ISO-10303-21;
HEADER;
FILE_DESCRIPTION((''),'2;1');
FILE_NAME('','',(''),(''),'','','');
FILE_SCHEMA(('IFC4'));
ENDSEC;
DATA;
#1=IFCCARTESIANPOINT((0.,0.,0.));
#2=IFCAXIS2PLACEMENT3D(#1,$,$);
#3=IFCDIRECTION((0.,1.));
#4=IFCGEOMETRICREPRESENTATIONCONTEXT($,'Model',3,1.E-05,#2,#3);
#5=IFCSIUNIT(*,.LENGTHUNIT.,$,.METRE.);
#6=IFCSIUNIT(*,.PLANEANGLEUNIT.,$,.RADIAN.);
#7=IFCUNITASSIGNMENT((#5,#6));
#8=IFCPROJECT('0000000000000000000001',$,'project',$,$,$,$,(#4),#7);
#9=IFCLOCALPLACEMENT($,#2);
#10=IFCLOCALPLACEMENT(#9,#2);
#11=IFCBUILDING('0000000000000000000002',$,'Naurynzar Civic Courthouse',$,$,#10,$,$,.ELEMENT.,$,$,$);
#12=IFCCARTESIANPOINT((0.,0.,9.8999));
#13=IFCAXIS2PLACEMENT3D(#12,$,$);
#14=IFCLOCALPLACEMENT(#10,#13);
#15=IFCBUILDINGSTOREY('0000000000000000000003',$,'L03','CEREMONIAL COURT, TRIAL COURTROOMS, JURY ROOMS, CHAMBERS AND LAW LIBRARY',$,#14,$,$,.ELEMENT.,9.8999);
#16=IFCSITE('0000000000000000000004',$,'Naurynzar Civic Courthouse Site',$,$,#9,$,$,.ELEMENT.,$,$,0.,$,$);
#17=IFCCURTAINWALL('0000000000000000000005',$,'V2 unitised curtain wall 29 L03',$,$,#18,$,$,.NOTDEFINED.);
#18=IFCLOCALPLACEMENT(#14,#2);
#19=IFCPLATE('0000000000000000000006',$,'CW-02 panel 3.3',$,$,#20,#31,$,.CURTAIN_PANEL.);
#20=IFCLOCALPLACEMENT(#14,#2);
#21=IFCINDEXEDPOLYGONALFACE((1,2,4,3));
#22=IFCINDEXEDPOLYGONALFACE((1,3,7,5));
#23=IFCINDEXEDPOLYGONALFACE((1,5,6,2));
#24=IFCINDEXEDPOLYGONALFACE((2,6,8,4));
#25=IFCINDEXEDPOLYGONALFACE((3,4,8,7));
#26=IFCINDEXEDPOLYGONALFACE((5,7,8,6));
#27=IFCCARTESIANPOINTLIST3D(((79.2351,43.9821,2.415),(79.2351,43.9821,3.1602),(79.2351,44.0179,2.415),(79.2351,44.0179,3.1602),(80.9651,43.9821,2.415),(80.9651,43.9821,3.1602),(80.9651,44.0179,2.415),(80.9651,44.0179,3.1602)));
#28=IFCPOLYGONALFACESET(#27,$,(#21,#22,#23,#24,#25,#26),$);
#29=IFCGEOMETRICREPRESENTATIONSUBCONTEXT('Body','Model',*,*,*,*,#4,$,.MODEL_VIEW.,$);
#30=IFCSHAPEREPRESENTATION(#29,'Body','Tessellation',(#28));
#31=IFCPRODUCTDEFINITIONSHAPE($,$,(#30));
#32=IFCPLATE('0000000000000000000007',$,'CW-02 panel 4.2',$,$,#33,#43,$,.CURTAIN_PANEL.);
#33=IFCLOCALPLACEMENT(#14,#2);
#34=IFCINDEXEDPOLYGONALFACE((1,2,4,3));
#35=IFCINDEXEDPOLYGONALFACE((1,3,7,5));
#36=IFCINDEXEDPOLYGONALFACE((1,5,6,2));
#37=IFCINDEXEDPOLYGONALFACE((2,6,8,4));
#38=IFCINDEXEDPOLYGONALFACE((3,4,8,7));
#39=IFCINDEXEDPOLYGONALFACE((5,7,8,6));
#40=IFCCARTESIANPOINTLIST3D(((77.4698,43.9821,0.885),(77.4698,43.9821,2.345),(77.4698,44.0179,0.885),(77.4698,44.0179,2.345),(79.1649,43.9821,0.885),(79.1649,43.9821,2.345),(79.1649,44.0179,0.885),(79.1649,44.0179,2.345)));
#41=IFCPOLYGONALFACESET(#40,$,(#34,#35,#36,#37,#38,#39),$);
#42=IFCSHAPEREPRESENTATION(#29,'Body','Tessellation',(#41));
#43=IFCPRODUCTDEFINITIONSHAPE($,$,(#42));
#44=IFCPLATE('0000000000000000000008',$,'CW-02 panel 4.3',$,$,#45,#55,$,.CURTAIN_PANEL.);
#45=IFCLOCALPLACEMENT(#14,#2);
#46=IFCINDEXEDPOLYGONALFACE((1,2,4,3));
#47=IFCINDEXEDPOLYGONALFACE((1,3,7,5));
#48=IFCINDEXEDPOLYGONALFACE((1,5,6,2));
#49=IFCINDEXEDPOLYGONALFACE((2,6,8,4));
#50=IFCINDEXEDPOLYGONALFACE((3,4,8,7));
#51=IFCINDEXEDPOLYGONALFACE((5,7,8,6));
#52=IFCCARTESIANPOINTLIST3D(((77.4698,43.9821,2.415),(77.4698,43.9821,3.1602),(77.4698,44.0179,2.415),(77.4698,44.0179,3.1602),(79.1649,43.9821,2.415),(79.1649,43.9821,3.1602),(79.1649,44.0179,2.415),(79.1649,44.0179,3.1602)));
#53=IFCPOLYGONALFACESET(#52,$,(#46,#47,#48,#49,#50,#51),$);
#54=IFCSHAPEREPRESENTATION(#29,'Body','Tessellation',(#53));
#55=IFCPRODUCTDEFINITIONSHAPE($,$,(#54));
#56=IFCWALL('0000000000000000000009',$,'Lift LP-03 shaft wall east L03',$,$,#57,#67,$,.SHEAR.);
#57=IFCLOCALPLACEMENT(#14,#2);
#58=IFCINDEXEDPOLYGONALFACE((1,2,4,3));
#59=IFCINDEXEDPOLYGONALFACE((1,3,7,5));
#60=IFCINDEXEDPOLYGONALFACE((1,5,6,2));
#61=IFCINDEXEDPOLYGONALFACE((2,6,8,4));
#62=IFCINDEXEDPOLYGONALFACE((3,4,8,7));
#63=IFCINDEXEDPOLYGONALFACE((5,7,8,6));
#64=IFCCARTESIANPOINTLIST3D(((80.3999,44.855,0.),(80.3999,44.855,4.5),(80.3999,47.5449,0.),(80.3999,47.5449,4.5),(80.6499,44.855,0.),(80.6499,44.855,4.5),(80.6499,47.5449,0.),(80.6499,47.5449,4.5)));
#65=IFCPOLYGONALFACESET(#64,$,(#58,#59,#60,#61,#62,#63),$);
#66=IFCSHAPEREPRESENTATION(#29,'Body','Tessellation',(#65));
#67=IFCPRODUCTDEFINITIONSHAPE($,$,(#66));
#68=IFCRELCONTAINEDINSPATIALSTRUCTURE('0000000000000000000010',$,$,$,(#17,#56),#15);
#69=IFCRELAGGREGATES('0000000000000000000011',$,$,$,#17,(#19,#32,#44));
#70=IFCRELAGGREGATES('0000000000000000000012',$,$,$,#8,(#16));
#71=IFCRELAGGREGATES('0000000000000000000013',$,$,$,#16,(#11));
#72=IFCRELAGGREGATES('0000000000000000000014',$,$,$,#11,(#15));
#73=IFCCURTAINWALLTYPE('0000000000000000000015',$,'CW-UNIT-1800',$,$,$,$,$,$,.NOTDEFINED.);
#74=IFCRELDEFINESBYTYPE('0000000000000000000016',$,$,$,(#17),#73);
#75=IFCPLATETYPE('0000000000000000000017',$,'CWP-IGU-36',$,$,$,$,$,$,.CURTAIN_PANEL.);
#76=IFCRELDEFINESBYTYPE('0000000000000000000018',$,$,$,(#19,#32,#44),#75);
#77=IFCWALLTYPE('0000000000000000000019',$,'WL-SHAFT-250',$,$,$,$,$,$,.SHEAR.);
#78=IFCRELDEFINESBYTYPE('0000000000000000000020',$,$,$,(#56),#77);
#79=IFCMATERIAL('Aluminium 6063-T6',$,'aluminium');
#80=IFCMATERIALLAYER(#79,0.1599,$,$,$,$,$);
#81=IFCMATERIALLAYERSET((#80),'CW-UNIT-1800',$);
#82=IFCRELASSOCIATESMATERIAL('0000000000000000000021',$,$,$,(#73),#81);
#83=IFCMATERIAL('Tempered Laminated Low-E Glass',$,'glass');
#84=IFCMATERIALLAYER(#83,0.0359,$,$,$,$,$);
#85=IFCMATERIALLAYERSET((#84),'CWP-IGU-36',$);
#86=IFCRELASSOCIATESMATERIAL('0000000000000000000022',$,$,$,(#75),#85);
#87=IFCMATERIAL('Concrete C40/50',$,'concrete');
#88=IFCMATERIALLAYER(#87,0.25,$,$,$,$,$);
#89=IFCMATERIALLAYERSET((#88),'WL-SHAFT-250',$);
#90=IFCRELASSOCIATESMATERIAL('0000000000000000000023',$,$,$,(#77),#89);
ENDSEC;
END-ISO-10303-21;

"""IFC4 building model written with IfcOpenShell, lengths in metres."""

from ifc_helpers import new_model, si_unit, direction, frame, frame_2d, origin, origin_2d, place, context, subcontext, project, spatial, rectangle, extrude, material, layer, layer_set, type_object, element, aggregate, save


model = new_model("IFC4")

# Units and contexts
model_context = context("Model", 3, precision=1e-05, world=origin(), true_north=direction((0.0, 1.0)))
body_context = subcontext(model_context, "Body", "Model", "MODEL_VIEW")
ifc_project = project(units=[si_unit("LENGTHUNIT", "METRE"), si_unit("PLANEANGLEUNIT", "RADIAN")], contexts=[model_context])

# Site, building, storey
site_placement = place(None, origin())
site = spatial("IfcSite", under=ifc_project, at=site_placement, Name="Naurynzar Civic Courthouse Site", CompositionType="ELEMENT", RefElevation=0.0)
building_placement = place(site_placement, origin())
building = spatial("IfcBuilding", under=site, at=building_placement, Name="Naurynzar Civic Courthouse", CompositionType="ELEMENT")
storey_placement = place(building_placement, frame((0.0, 0.0, 9.8999)))
storey = spatial("IfcBuildingStorey", under=building, at=storey_placement, Name="L03", Description="CEREMONIAL COURT, TRIAL COURTROOMS, JURY ROOMS, CHAMBERS AND LAW LIBRARY", CompositionType="ELEMENT", Elevation=9.8999)

# Curtain wall, plates
ifc_material_1 = material(Name="Aluminium 6063-T6", Category="aluminium")
ifc_layer_1 = layer(ifc_material_1, 0.1599)
ifc_layer_set_1 = layer_set([ifc_layer_1], Name="CW-UNIT-1800")
curtain_wall_type = type_object("IfcCurtainWallType", Name="CW-UNIT-1800", PredefinedType="NOTDEFINED", material=ifc_layer_set_1)
curtain_wall_placement = place(storey_placement, origin())
curtain_wall = element("IfcCurtainWall", 1, at=curtain_wall_placement, inside=storey, type_object=curtain_wall_type, Name="V2 unitised curtain wall 29 L03", PredefinedType="NOTDEFINED")
ifc_material_2 = material(Name="Tempered Laminated Low-E Glass", Category="glass")
ifc_layer_2 = layer(ifc_material_2, 0.0359)
ifc_layer_set_2 = layer_set([ifc_layer_2], Name="CWP-IGU-36")
plate_type = type_object("IfcPlateType", Name="CWP-IGU-36", PredefinedType="CURTAIN_PANEL", material=ifc_layer_set_2)
plate_1_placement = place(storey_placement, frame((80.1001, 44.0, 2.415), z_axis=(0.0, 0.0, 1.0), x_axis=(-1.0, 0.0, 0.0)))
plate_1 = element("IfcPlate", 2, at=plate_1_placement, type_object=plate_type, Name="CW-02 panel 3.3", PredefinedType="CURTAIN_PANEL", context=body_context, shape_type="SweptSolid", body=[
    extrude(rectangle(XDim=1.73, YDim=0.0359, at=origin_2d()), origin(), (0.0, 0.0, 1.0), 0.7451),
])
plate_2_placement = place(storey_placement, frame((78.3174, 44.0, 0.885), z_axis=(0.0, 0.0, 1.0), x_axis=(-1.0, 0.0, 0.0)))
plate_2 = element("IfcPlate", 3, at=plate_2_placement, type_object=plate_type, Name="CW-02 panel 4.2", PredefinedType="CURTAIN_PANEL", context=body_context, shape_type="SweptSolid", body=[
    extrude(rectangle(XDim=1.6951, YDim=0.0359, at=origin_2d()), origin(), (0.0, 0.0, 1.0), 1.46),
])
plate_3_placement = place(storey_placement, frame((78.3174, 44.0, 2.415), z_axis=(0.0, 0.0, 1.0), x_axis=(-1.0, 0.0, 0.0)))
plate_3 = element("IfcPlate", 4, at=plate_3_placement, type_object=plate_type, Name="CW-02 panel 4.3", PredefinedType="CURTAIN_PANEL", context=body_context, shape_type="SweptSolid", body=[
    extrude(rectangle(XDim=1.6951, YDim=0.0359, at=origin_2d()), origin(), (0.0, 0.0, 1.0), 0.7451),
])
aggregate(curtain_wall, [plate_1, plate_2, plate_3])

# Shared definitions
ifc_material_3 = material(Name="Concrete C40/50", Category="concrete")
ifc_layer_3 = layer(ifc_material_3, 0.25)
ifc_layer_set_3 = layer_set([ifc_layer_3], Name="WL-SHAFT-250")
wall_type = type_object("IfcWallType", Name="WL-SHAFT-250", PredefinedType="SHEAR", material=ifc_layer_set_3)

# Wall
wall_1_placement = place(storey_placement, frame((80.5249, 44.855, 0.0), z_axis=(0.0, 0.0, 1.0), x_axis=(0.0, 1.0, 0.0)))
element("IfcWall", 5, at=wall_1_placement, inside=storey, type_object=wall_type, Name="Lift LP-03 shaft wall east L03", PredefinedType="SHEAR", context=body_context, shape_type="SweptSolid", body=[
    extrude(rectangle(XDim=2.6899, YDim=0.25, at=frame_2d((1.345, 0.0))), origin(), (0.0, 0.0, 1.0), 4.5),
])

save(model, "model.ifc")
